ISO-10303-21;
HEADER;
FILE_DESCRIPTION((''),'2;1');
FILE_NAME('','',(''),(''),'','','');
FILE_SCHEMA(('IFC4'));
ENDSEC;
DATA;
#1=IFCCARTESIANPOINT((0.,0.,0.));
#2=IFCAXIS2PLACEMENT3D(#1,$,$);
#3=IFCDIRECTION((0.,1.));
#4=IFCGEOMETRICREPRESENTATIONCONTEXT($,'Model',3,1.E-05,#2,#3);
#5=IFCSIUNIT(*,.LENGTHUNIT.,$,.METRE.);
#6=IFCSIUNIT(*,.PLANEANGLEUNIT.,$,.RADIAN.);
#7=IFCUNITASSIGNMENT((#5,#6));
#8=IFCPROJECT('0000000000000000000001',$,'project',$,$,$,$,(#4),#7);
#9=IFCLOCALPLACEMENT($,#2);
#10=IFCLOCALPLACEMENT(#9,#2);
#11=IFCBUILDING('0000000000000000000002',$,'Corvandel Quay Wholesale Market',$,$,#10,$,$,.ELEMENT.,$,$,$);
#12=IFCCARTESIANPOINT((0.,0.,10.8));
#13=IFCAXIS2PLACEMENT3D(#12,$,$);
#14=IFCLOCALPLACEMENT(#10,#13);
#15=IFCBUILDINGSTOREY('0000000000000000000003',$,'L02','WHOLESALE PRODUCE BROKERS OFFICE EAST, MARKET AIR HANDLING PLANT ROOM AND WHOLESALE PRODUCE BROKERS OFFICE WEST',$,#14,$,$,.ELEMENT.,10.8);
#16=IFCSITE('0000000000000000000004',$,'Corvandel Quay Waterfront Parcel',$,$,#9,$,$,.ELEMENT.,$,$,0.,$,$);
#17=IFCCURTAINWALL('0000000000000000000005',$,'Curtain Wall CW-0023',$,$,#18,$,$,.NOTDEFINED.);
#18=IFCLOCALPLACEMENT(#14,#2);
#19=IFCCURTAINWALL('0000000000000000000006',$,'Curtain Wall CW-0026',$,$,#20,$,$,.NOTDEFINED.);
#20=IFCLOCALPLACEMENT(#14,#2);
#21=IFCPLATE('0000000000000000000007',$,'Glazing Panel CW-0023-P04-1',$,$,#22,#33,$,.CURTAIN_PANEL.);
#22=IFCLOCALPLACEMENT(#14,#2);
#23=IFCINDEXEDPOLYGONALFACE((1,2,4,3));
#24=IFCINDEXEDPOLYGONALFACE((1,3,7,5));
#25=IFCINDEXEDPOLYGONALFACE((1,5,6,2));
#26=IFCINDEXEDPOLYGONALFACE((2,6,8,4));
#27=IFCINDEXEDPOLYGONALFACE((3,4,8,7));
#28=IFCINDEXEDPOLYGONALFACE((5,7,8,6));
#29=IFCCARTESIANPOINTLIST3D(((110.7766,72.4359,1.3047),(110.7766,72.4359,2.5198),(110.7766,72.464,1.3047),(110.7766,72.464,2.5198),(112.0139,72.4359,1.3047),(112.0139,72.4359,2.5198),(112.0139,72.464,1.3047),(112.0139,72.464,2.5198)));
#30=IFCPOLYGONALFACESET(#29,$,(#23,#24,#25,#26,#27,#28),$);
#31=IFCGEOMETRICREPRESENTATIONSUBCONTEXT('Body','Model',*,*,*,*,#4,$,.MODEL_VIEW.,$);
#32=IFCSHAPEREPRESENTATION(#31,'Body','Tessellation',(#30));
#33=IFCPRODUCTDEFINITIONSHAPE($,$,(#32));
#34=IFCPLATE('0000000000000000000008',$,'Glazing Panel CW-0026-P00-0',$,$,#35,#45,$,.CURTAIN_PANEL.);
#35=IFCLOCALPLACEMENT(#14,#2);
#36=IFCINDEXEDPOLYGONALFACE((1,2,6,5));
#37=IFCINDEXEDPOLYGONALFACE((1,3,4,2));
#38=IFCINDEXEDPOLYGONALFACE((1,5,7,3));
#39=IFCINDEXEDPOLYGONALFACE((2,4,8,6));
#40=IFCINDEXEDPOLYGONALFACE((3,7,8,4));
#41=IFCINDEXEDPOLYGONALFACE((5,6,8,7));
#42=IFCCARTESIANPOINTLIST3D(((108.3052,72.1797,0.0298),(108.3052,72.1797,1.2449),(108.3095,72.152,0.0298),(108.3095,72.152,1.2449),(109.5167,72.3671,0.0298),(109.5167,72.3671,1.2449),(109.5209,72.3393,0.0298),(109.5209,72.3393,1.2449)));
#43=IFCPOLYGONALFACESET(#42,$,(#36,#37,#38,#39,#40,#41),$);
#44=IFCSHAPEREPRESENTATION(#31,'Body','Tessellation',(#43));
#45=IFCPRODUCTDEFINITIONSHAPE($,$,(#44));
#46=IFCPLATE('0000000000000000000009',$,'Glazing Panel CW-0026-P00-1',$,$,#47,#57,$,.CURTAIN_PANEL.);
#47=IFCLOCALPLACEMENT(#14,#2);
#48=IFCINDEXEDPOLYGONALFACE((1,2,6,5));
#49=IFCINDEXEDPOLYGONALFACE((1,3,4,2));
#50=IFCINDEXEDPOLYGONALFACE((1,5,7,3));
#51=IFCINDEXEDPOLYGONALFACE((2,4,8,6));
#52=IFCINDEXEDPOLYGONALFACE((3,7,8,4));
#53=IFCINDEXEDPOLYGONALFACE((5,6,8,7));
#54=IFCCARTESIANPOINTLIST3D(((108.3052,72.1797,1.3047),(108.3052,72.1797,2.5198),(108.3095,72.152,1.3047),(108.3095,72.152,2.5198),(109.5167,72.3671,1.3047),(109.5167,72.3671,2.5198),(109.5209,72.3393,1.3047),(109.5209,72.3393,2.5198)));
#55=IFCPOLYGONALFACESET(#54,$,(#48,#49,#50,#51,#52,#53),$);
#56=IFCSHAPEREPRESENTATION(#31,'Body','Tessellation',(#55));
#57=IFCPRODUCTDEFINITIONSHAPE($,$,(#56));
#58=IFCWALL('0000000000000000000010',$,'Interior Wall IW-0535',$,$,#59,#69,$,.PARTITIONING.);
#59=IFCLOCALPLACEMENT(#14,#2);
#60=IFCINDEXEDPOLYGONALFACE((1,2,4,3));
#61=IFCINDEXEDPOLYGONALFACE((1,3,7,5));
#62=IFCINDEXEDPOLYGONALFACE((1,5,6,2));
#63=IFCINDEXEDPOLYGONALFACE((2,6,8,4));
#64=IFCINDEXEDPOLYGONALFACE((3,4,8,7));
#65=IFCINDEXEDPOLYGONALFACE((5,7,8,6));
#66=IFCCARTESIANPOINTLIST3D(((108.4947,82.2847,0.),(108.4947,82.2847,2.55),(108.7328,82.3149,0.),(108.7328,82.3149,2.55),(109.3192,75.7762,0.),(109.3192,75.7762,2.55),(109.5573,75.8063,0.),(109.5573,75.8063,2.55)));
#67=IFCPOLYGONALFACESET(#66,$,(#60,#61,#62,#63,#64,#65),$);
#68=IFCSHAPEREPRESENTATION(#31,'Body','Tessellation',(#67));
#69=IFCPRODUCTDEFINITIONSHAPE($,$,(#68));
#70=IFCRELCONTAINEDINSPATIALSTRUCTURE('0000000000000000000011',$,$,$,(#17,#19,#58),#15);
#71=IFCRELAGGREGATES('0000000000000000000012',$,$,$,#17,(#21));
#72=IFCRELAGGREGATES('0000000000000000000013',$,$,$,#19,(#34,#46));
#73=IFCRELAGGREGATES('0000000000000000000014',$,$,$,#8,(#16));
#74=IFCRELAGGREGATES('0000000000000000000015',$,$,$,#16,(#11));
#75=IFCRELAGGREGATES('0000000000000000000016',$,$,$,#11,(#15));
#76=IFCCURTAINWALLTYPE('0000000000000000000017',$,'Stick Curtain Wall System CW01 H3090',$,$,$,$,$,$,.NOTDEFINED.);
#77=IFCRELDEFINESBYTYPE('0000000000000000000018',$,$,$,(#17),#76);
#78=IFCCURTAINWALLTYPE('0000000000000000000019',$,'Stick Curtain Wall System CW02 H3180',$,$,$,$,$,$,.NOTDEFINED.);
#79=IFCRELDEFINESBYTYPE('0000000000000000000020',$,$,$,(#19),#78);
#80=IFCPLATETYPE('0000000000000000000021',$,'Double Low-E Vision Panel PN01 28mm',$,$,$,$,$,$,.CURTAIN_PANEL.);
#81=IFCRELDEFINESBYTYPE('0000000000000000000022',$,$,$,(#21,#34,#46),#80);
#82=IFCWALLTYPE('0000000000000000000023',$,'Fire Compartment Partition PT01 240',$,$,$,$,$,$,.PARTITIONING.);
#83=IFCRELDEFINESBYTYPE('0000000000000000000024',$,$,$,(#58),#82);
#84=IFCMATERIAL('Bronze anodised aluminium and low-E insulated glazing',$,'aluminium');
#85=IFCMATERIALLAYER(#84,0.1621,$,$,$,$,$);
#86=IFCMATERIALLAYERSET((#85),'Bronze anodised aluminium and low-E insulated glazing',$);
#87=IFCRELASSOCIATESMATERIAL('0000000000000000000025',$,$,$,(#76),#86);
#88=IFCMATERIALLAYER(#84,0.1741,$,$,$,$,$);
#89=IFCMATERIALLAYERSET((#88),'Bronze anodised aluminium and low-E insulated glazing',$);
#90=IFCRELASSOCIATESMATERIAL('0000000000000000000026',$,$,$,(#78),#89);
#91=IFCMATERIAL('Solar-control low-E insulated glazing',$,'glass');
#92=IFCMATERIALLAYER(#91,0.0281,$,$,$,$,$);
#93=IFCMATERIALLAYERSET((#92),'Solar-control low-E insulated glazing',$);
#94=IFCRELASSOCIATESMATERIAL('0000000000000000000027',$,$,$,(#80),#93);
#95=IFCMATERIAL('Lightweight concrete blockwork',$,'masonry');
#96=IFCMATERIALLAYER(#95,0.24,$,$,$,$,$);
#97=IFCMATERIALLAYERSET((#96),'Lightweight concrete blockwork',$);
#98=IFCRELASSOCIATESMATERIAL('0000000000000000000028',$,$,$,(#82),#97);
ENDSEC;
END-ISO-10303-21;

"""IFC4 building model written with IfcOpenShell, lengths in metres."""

from ifc_helpers import new_model, si_unit, direction, frame, frame_2d, origin, origin_2d, place, context, subcontext, project, spatial, rectangle, extrude, material, layer, layer_set, type_object, element, aggregate, save


model = new_model("IFC4")

# Units and contexts
model_context = context("Model", 3, precision=1e-05, world=origin(), true_north=direction((0.0, 1.0)))
body_context = subcontext(model_context, "Body", "Model", "MODEL_VIEW")
ifc_project = project(units=[si_unit("LENGTHUNIT", "METRE"), si_unit("PLANEANGLEUNIT", "RADIAN")], contexts=[model_context])

# Site, building, storey
site_placement = place(None, origin())
site = spatial("IfcSite", under=ifc_project, at=site_placement, Name="Corvandel Quay Waterfront Parcel", CompositionType="ELEMENT", RefElevation=0.0)
building_placement = place(site_placement, origin())
building = spatial("IfcBuilding", under=site, at=building_placement, Name="Corvandel Quay Wholesale Market", CompositionType="ELEMENT")
storey_placement = place(building_placement, frame((0.0, 0.0, 10.8)))
storey = spatial("IfcBuildingStorey", under=building, at=storey_placement, Name="L02", Description="WHOLESALE PRODUCE BROKERS OFFICE EAST, MARKET AIR HANDLING PLANT ROOM AND WHOLESALE PRODUCE BROKERS OFFICE WEST", CompositionType="ELEMENT", Elevation=10.8)

# Curtain wall
ifc_material_1 = material(Name="Bronze anodised aluminium and low-E insulated glazing", Category="aluminium")
ifc_layer_1 = layer(ifc_material_1, 0.1621)
ifc_layer_set_1 = layer_set([ifc_layer_1], Name="Bronze anodised aluminium and low-E insulated glazing")
curtain_wall_type_1 = type_object("IfcCurtainWallType", Name="Stick Curtain Wall System CW01 H3090", PredefinedType="NOTDEFINED", material=ifc_layer_set_1)
curtain_wall_1_placement = place(storey_placement, origin())
curtain_wall_1 = element("IfcCurtainWall", 1, at=curtain_wall_1_placement, inside=storey, type_object=curtain_wall_type_1, Name="Curtain Wall CW-0023", PredefinedType="NOTDEFINED")

# Curtain wall
ifc_layer_2 = layer(ifc_material_1, 0.1741)
ifc_layer_set_2 = layer_set([ifc_layer_2], Name="Bronze anodised aluminium and low-E insulated glazing")
curtain_wall_type_2 = type_object("IfcCurtainWallType", Name="Stick Curtain Wall System CW02 H3180", PredefinedType="NOTDEFINED", material=ifc_layer_set_2)
curtain_wall_2_placement = place(storey_placement, origin())
curtain_wall_2 = element("IfcCurtainWall", 2, at=curtain_wall_2_placement, inside=storey, type_object=curtain_wall_type_2, Name="Curtain Wall CW-0026", PredefinedType="NOTDEFINED")

# Plates
ifc_material_2 = material(Name="Solar-control low-E insulated glazing", Category="glass")
ifc_layer_3 = layer(ifc_material_2, 0.0281)
ifc_layer_set_3 = layer_set([ifc_layer_3], Name="Solar-control low-E insulated glazing")
plate_type = type_object("IfcPlateType", Name="Double Low-E Vision Panel PN01 28mm", PredefinedType="CURTAIN_PANEL", material=ifc_layer_set_3)
plate_1_placement = place(storey_placement, frame((111.3953, 72.45, 1.3047), z_axis=(0.0, 0.0, 1.0), x_axis=(1.0, 0.0, 0.0)))
plate_1 = element("IfcPlate", 3, at=plate_1_placement, type_object=plate_type, Name="Glazing Panel CW-0023-P04-1", PredefinedType="CURTAIN_PANEL", context=body_context, shape_type="SweptSolid", body=[
    extrude(rectangle(XDim=1.2373, YDim=0.0281, at=origin_2d()), origin(), (0.0, 0.0, 1.0), 1.2151),
])
aggregate(curtain_wall_1, [plate_1])
plate_2_placement = place(storey_placement, frame((108.9131, 72.2595, 0.0298), z_axis=(0.0, 0.0, 1.0), x_axis=(0.988255, 0.152813, 0.0)))
plate_2 = element("IfcPlate", 4, at=plate_2_placement, type_object=plate_type, Name="Glazing Panel CW-0026-P00-0", PredefinedType="CURTAIN_PANEL", context=body_context, shape_type="SweptSolid", body=[
    extrude(rectangle(XDim=1.2258, YDim=0.0281, at=origin_2d()), origin(), (0.0, 0.0, 1.0), 1.2151),
])
plate_3_placement = place(storey_placement, frame((108.9131, 72.2595, 1.3047), z_axis=(0.0, 0.0, 1.0), x_axis=(0.988255, 0.152813, 0.0)))
plate_3 = element("IfcPlate", 5, at=plate_3_placement, type_object=plate_type, Name="Glazing Panel CW-0026-P00-1", PredefinedType="CURTAIN_PANEL", context=body_context, shape_type="SweptSolid", body=[
    extrude(rectangle(XDim=1.2258, YDim=0.0281, at=origin_2d()), origin(), (0.0, 0.0, 1.0), 1.2151),
])
aggregate(curtain_wall_2, [plate_2, plate_3])

# Wall
ifc_material_3 = material(Name="Lightweight concrete blockwork", Category="masonry")
ifc_layer_4 = layer(ifc_material_3, 0.24)
ifc_layer_set_4 = layer_set([ifc_layer_4], Name="Lightweight concrete blockwork")
wall_type = type_object("IfcWallType", Name="Fire Compartment Partition PT01 240", PredefinedType="PARTITIONING", material=ifc_layer_set_4)
wall_placement = place(storey_placement, frame((108.6138, 82.2998, 0.0), z_axis=(0.0, 0.0, 1.0), x_axis=(0.12567, -0.992072, 0.0)))
element("IfcWall", 6, at=wall_placement, inside=storey, type_object=wall_type, Name="Interior Wall IW-0535", PredefinedType="PARTITIONING", context=body_context, shape_type="SweptSolid", body=[
    extrude(rectangle(XDim=6.5605, YDim=0.24, at=frame_2d((3.2803, 0.0))), origin(), (0.0, 0.0, 1.0), 2.55),
])

save(model, "model.ifc")
